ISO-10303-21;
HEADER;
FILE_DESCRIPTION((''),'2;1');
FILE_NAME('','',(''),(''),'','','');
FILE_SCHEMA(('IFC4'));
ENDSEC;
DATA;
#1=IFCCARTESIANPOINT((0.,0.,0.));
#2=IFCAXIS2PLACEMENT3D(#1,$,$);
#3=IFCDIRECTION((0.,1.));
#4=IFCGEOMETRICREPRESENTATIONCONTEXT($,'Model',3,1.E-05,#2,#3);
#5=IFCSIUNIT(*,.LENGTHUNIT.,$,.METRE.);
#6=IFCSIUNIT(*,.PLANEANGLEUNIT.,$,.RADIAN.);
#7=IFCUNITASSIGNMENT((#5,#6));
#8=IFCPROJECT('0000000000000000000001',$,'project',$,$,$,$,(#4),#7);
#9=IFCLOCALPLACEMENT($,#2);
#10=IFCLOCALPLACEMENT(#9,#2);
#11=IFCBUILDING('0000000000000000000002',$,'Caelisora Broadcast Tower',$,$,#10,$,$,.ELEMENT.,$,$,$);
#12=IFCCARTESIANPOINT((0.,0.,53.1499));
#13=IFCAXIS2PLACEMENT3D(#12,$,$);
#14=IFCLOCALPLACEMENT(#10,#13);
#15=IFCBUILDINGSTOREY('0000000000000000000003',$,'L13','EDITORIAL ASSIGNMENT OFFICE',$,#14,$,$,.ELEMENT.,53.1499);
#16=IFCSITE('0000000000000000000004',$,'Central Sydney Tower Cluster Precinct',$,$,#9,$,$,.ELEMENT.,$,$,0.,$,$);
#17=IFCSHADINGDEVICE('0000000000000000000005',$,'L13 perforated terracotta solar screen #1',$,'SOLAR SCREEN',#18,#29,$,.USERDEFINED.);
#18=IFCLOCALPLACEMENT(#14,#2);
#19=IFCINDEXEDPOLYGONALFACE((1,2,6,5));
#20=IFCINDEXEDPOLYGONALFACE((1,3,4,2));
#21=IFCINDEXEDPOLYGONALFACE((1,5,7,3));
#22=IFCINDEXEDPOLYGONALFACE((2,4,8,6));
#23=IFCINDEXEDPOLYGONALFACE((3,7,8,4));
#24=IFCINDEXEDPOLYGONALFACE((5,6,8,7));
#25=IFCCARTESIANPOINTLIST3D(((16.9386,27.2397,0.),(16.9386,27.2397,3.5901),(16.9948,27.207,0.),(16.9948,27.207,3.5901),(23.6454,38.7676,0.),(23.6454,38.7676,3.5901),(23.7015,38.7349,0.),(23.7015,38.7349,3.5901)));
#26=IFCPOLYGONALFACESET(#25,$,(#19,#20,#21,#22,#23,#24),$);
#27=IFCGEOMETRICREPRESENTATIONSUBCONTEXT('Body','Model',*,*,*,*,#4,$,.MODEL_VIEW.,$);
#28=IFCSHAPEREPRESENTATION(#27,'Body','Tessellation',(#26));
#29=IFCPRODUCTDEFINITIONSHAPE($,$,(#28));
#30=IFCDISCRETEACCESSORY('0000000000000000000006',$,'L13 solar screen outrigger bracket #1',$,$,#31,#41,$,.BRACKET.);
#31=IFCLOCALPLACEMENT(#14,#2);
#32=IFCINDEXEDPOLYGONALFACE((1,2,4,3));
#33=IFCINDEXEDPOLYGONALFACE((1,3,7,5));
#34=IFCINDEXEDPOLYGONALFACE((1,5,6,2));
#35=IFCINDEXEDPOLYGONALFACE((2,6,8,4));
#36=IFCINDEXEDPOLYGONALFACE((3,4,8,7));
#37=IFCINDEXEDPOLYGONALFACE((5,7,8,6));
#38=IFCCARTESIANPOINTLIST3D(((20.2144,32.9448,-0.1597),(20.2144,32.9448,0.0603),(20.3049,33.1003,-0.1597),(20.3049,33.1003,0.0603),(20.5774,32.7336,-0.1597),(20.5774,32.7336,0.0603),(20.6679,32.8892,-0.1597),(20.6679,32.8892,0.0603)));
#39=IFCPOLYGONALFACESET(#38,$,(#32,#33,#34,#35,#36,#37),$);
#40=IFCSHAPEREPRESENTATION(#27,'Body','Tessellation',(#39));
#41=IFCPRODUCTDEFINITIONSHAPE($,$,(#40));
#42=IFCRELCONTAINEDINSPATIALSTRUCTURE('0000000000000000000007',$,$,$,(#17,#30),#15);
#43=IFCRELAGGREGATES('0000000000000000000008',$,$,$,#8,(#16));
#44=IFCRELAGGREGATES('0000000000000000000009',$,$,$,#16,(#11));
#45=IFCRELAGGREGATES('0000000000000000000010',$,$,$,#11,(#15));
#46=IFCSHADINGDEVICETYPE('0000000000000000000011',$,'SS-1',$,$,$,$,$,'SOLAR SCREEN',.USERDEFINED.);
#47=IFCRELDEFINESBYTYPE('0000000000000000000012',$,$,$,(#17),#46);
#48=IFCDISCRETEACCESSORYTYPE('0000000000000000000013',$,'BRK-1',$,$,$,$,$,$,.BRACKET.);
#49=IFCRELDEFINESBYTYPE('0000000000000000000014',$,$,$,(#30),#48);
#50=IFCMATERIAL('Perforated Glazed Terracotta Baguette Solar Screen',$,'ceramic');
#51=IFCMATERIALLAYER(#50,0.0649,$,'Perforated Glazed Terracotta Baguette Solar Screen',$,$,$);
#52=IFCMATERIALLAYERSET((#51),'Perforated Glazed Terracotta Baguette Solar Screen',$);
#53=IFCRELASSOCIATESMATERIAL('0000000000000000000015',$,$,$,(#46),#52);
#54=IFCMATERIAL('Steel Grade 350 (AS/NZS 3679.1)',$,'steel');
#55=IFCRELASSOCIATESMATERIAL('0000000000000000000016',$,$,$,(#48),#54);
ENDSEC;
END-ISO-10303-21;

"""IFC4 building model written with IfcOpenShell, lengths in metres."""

from ifc_helpers import new_model, si_unit, direction, frame, origin, origin_2d, place, context, subcontext, project, spatial, rectangle, extrude, source, transform, mapped, material, layer, layer_set, type_object, type_shapes, element, save


model = new_model("IFC4")

# Units and contexts
model_context = context("Model", 3, precision=1e-05, world=origin(), true_north=direction((0.0, 1.0)))
body_context = subcontext(model_context, "Body", "Model", "MODEL_VIEW")
ifc_project = project(units=[si_unit("LENGTHUNIT", "METRE"), si_unit("PLANEANGLEUNIT", "RADIAN")], contexts=[model_context])

# Site, building, storey
site_placement = place(None, origin())
site = spatial("IfcSite", under=ifc_project, at=site_placement, Name="Central Sydney Tower Cluster Precinct", CompositionType="ELEMENT", RefElevation=0.0)
building_placement = place(site_placement, origin())
building = spatial("IfcBuilding", under=site, at=building_placement, Name="Caelisora Broadcast Tower", CompositionType="ELEMENT")
storey_placement = place(building_placement, frame((0.0, 0.0, 53.1499)))
storey = spatial("IfcBuildingStorey", under=building, at=storey_placement, Name="L13", Description="EDITORIAL ASSIGNMENT OFFICE", CompositionType="ELEMENT", Elevation=53.1499)

# Shared definitions
ifc_material_1 = material(Name="Steel Grade 350 (AS/NZS 3679.1)", Category="steel")

# Shading device
ifc_material_2 = material(Name="Perforated Glazed Terracotta Baguette Solar Screen", Category="ceramic")
ifc_layer_1 = layer(ifc_material_2, 0.0649, Name="Perforated Glazed Terracotta Baguette Solar Screen")
ifc_layer_set_1 = layer_set([ifc_layer_1], Name="Perforated Glazed Terracotta Baguette Solar Screen")
shading_device_type = type_object("IfcShadingDeviceType", Name="SS-1", ElementType="SOLAR SCREEN", PredefinedType="USERDEFINED", material=ifc_layer_set_1)
shared_shape_1 = source(origin(), body_context, "Body", "SweptSolid", [
    extrude(rectangle(XDim=13.3369, YDim=0.0649, at=origin_2d()), origin(), (0.0, 0.0, 1.0), 3.5901),
])
type_shapes(shading_device_type, [shared_shape_1])
shading_device_placement = place(storey_placement, frame((20.3201, 32.9873, 0.0), z_axis=(0.0, 0.0, 1.0), x_axis=(-0.502869, -0.864363, 0.0)))
element("IfcShadingDevice", 1, at=shading_device_placement, inside=storey, type_object=shading_device_type, Name="L13 perforated terracotta solar screen #1", ObjectType="SOLAR SCREEN", PredefinedType="USERDEFINED", context=body_context, shape_type="MappedRepresentation", body=[
    mapped(shared_shape_1, transform((0.0, 0.0, 0.0), scale=1.0)),
])

# Discrete accessory
discrete_accessory_type = type_object("IfcDiscreteAccessoryType", Name="BRK-1", PredefinedType="BRACKET", material=ifc_material_1)
shared_shape_2 = source(origin(), body_context, "Body", "SweptSolid", [
    extrude(rectangle(XDim=0.1799, YDim=0.4199, at=origin_2d()), origin(), (0.0, 0.0, 1.0), 0.22),
])
type_shapes(discrete_accessory_type, [shared_shape_2])
discrete_accessory_placement = place(storey_placement, frame((20.4412, 32.917, -0.1597), z_axis=(0.0, 0.0, 1.0), x_axis=(-0.502869, -0.864363, 0.0)))
element("IfcDiscreteAccessory", 2, at=discrete_accessory_placement, inside=storey, type_object=discrete_accessory_type, Name="L13 solar screen outrigger bracket #1", PredefinedType="BRACKET", context=body_context, shape_type="MappedRepresentation", body=[
    mapped(shared_shape_2, transform((0.0, 0.0, 0.0), scale=1.0)),
])

save(model, "model.ifc")
